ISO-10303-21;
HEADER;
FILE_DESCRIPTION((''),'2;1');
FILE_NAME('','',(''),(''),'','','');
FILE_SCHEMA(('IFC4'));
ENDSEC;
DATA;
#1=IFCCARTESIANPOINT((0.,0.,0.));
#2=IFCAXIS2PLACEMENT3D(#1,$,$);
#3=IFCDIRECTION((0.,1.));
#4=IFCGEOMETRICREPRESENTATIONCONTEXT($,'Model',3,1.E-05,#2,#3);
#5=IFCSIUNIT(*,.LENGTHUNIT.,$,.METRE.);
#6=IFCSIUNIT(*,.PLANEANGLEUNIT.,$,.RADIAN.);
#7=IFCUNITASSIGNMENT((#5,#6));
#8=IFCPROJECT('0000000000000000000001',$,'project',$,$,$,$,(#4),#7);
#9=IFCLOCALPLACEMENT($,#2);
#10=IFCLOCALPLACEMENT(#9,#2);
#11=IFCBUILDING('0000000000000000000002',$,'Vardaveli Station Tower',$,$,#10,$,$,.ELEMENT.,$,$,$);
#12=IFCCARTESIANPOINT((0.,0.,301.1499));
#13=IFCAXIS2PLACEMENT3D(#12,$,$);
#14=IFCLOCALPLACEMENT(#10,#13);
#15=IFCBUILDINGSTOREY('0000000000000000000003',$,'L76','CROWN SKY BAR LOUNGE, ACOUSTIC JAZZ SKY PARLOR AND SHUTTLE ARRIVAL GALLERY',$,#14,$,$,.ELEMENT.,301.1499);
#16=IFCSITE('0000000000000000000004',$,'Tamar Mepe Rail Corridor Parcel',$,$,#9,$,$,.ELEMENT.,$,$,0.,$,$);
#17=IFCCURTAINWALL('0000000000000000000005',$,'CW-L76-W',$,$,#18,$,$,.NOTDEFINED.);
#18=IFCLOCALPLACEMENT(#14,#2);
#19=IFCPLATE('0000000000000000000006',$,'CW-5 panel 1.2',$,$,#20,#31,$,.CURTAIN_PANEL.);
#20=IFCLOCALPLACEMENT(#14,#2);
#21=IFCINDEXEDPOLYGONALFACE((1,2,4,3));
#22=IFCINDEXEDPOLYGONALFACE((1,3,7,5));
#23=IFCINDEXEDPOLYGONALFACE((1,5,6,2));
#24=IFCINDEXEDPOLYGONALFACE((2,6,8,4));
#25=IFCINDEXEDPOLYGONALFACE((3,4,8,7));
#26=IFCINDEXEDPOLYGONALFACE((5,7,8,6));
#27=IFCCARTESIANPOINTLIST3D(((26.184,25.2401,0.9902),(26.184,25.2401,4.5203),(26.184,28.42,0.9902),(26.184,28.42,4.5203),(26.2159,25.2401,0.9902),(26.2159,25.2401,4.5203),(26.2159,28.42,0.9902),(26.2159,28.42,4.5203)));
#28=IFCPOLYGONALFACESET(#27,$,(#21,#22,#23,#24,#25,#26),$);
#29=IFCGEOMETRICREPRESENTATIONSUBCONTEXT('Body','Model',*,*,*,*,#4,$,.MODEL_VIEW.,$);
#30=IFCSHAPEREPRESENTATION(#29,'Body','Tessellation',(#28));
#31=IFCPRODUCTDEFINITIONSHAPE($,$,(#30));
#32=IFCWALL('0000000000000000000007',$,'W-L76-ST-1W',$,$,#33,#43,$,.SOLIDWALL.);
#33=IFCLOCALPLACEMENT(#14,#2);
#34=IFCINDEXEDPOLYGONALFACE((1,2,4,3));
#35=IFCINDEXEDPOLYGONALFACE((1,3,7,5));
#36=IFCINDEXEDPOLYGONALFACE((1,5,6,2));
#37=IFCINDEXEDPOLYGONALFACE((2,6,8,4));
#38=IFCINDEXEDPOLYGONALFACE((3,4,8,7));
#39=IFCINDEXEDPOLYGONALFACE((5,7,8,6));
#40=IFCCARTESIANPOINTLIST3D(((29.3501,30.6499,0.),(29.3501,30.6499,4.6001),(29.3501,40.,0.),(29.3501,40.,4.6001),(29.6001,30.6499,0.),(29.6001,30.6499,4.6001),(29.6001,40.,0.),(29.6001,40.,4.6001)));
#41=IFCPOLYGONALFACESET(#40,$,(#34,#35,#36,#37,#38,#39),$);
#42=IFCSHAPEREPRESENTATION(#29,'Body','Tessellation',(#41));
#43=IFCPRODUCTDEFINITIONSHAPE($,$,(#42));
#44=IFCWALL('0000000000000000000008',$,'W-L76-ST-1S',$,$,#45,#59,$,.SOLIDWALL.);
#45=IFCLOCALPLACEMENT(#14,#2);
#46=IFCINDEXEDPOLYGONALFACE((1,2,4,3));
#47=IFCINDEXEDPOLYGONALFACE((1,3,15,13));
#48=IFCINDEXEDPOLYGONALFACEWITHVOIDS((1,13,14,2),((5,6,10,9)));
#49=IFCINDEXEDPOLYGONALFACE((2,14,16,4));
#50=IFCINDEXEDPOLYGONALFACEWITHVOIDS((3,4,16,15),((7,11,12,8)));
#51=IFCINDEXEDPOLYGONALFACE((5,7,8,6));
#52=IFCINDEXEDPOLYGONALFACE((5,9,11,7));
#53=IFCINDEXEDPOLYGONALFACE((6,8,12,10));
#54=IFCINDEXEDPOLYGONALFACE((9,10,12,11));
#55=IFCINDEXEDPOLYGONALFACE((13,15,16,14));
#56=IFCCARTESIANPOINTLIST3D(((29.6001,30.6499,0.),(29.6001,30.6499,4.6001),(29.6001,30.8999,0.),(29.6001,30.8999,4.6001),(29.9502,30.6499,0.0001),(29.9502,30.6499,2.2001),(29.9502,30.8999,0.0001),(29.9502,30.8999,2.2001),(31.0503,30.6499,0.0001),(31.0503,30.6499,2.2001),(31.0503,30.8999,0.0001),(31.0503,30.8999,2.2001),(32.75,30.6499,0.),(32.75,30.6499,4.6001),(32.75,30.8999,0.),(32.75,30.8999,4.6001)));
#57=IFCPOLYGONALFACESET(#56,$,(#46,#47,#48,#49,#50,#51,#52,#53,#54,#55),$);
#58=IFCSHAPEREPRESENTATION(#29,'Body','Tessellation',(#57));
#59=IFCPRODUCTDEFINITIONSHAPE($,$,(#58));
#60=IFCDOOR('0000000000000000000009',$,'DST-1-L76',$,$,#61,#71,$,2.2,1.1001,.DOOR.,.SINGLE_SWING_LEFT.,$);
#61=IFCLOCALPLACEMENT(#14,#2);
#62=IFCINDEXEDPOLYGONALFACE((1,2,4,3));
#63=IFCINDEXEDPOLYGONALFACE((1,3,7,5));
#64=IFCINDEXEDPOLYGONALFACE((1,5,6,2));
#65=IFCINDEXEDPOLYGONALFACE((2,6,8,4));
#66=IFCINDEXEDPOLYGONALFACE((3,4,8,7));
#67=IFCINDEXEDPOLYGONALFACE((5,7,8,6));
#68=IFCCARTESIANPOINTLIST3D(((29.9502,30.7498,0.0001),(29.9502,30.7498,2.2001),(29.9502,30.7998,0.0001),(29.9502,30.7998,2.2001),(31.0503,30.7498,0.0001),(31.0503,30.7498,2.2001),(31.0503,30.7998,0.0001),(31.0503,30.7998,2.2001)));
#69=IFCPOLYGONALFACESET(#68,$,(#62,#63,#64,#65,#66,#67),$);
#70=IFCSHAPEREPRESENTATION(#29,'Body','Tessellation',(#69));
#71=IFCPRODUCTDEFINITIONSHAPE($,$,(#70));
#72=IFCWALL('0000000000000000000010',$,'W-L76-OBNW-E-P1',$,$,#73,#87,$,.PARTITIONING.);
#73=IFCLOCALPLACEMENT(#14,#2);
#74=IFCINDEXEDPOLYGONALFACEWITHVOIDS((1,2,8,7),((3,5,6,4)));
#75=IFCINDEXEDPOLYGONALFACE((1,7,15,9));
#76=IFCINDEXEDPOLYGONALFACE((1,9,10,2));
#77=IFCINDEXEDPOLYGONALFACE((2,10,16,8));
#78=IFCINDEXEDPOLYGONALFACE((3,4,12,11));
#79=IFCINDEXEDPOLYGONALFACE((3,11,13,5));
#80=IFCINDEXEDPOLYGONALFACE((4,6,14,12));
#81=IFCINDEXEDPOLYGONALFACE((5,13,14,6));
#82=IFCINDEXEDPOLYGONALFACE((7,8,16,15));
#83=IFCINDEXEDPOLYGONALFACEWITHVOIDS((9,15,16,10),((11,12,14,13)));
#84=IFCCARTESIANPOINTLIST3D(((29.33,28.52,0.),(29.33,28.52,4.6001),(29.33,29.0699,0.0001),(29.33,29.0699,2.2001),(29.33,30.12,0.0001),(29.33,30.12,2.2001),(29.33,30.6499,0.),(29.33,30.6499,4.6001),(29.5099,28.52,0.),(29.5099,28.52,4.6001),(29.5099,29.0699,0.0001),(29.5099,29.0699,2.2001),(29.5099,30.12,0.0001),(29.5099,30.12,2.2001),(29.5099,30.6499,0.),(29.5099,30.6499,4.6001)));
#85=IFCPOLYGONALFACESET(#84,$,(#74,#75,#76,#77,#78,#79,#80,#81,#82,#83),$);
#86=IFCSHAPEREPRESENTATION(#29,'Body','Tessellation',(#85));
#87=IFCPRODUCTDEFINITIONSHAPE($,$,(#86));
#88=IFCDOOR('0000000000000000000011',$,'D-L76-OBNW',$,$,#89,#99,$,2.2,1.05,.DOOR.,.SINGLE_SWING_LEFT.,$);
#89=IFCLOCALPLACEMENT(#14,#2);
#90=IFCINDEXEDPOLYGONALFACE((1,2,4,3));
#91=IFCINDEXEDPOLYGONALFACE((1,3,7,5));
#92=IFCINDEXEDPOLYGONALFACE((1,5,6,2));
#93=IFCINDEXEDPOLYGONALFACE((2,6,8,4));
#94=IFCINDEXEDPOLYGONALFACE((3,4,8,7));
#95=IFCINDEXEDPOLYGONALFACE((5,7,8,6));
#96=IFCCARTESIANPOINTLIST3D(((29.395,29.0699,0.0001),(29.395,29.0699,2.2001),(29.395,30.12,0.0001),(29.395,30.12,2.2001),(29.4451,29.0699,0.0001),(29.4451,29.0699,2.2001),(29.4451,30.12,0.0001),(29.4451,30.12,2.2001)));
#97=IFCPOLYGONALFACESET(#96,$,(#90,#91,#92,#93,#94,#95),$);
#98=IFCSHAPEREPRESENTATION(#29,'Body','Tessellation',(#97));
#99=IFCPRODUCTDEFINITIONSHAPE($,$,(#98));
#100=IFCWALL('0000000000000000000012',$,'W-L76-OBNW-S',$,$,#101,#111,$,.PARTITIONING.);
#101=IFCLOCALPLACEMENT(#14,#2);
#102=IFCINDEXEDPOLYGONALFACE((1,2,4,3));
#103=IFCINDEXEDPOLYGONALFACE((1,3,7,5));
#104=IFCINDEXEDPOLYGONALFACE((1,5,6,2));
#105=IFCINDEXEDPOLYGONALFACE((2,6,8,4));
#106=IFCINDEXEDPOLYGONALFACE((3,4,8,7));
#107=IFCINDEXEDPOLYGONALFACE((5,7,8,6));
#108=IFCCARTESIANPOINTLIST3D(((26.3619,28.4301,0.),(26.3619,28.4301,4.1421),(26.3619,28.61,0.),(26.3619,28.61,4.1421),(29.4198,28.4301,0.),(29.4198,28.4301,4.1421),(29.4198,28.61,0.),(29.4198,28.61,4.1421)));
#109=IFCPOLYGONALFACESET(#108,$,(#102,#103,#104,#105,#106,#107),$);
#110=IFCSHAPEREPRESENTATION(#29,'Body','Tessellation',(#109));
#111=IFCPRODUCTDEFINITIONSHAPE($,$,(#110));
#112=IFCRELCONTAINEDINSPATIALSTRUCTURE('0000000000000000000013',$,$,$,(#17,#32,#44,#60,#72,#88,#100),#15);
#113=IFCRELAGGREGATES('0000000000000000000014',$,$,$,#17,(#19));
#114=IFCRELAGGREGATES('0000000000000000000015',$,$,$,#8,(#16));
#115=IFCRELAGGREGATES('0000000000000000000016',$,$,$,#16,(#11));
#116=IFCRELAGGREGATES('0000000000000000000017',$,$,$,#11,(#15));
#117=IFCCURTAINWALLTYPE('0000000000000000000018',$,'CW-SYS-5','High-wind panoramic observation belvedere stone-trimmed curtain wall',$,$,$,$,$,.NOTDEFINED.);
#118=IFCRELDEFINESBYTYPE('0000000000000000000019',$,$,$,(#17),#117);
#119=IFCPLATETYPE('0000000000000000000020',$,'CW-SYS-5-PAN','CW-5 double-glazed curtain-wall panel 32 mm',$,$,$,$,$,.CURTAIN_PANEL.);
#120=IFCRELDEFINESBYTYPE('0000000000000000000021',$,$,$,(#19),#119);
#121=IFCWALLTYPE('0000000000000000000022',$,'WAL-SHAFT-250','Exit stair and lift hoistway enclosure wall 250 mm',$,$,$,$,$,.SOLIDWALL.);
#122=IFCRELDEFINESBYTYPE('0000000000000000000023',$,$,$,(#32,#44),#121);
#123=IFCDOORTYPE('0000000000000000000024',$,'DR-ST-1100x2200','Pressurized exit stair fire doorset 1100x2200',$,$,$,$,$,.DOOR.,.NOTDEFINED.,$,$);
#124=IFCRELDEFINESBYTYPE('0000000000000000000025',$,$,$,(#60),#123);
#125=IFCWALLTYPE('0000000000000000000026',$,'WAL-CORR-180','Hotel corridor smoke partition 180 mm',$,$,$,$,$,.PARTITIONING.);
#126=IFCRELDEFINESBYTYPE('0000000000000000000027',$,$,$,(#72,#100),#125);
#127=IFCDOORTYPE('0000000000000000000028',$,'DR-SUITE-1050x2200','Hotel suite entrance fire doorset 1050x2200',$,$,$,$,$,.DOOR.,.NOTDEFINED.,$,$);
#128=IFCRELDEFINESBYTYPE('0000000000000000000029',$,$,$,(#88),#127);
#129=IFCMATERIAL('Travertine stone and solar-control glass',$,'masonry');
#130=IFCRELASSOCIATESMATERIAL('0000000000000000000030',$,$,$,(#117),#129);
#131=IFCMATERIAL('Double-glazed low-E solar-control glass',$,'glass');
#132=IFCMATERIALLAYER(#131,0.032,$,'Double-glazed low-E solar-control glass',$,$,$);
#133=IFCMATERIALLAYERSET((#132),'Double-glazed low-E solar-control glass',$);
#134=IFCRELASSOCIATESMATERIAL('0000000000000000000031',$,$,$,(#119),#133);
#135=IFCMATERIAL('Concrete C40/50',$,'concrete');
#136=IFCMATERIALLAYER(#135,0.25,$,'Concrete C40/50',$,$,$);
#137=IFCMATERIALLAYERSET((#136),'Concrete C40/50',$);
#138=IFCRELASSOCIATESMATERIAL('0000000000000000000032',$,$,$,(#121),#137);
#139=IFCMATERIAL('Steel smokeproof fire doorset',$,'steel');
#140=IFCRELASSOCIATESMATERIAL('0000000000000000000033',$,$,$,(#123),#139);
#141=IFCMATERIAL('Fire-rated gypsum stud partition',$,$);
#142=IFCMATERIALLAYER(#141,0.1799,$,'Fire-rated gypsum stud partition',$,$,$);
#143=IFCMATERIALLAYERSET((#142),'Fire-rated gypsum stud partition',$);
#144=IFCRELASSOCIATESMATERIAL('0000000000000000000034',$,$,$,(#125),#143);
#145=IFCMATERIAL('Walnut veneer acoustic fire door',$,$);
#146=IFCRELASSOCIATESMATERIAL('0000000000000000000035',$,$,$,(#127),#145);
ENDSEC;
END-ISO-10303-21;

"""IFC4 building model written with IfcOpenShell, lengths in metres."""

from ifc_helpers import new_model, si_unit, direction, frame, frame_2d, origin, origin_2d, place, context, subcontext, project, spatial, rectangle, extrude, source, transform, mapped, material, layer, layer_set, type_object, element, fill, aggregate, save


model = new_model("IFC4")

# Units and contexts
model_context = context("Model", 3, precision=1e-05, world=origin(), true_north=direction((0.0, 1.0)))
body_context = subcontext(model_context, "Body", "Model", "MODEL_VIEW")
ifc_project = project(units=[si_unit("LENGTHUNIT", "METRE"), si_unit("PLANEANGLEUNIT", "RADIAN")], contexts=[model_context])

# Site, building, storey
site_placement = place(None, origin())
site = spatial("IfcSite", under=ifc_project, at=site_placement, Name="Tamar Mepe Rail Corridor Parcel", CompositionType="ELEMENT", RefElevation=0.0)
building_placement = place(site_placement, origin())
building = spatial("IfcBuilding", under=site, at=building_placement, Name="Vardaveli Station Tower", CompositionType="ELEMENT")
storey_placement = place(building_placement, frame((0.0, 0.0, 301.1499)))
storey = spatial("IfcBuildingStorey", under=building, at=storey_placement, Name="L76", Description="CROWN SKY BAR LOUNGE, ACOUSTIC JAZZ SKY PARLOR AND SHUTTLE ARRIVAL GALLERY", CompositionType="ELEMENT", Elevation=301.1499)

# Curtain wall
ifc_material_1 = material(Name="Travertine stone and solar-control glass", Category="masonry")
curtain_wall_type_1 = type_object("IfcCurtainWallType", Name="CW-SYS-5", Description="High-wind panoramic observation belvedere stone-trimmed curtain wall", PredefinedType="NOTDEFINED", material=ifc_material_1)
curtain_wall_1_placement = place(storey_placement, origin())
curtain_wall_1 = element("IfcCurtainWall", 1, at=curtain_wall_1_placement, inside=storey, type_object=curtain_wall_type_1, Name="CW-L76-W", PredefinedType="NOTDEFINED")

# Plate
ifc_material_2 = material(Name="Double-glazed low-E solar-control glass", Category="glass")
ifc_layer_1 = layer(ifc_material_2, 0.032, Name="Double-glazed low-E solar-control glass")
ifc_layer_set_1 = layer_set([ifc_layer_1], Name="Double-glazed low-E solar-control glass")
plate_type = type_object("IfcPlateType", Name="CW-SYS-5-PAN", Description="CW-5 double-glazed curtain-wall panel 32 mm", PredefinedType="CURTAIN_PANEL", material=ifc_layer_set_1)
shared_shape_1 = source(origin(), body_context, "Body", "SweptSolid", [
    extrude(rectangle(XDim=3.1799, YDim=0.032, at=origin_2d()), origin(), (0.0, 0.0, 1.0), 3.53),
])
plate_1_placement = place(storey_placement, frame((26.2, 26.8301, 0.9902), z_axis=(0.0, 0.0, 1.0), x_axis=(0.0, -1.0, 0.0)))
plate_1 = element("IfcPlate", 2, at=plate_1_placement, type_object=plate_type, Name="CW-5 panel 1.2", PredefinedType="CURTAIN_PANEL", context=body_context, shape_type="MappedRepresentation", body=[
    mapped(shared_shape_1, transform((0.0, 0.0, 0.0), scale=1.0)),
])
aggregate(curtain_wall_1, [plate_1])

# Wall
ifc_material_3 = material(Name="Concrete C40/50", Category="concrete")
ifc_layer_2 = layer(ifc_material_3, 0.25, Name="Concrete C40/50")
ifc_layer_set_2 = layer_set([ifc_layer_2], Name="Concrete C40/50")
wall_type_1 = type_object("IfcWallType", Name="WAL-SHAFT-250", Description="Exit stair and lift hoistway enclosure wall 250 mm", PredefinedType="SOLIDWALL", material=ifc_layer_set_2)
shared_shape_2 = source(origin(), body_context, "Body", "SweptSolid", [
    extrude(rectangle(XDim=9.3501, YDim=0.25, at=frame_2d((4.675, 0.0))), origin(), (0.0, 0.0, 1.0), 4.6001),
])
wall_1_placement = place(storey_placement, frame((29.4751, 30.6499, 0.0), z_axis=(0.0, 0.0, 1.0), x_axis=(0.0, 1.0, 0.0)))
element("IfcWall", 3, at=wall_1_placement, inside=storey, type_object=wall_type_1, Name="W-L76-ST-1W", PredefinedType="SOLIDWALL", context=body_context, shape_type="MappedRepresentation", body=[
    mapped(shared_shape_2, transform((0.0, 0.0, 0.0), scale=1.0)),
])

# Walls, openings, doors
shared_shape_3 = source(origin(), body_context, "Body", "SweptSolid", [
    extrude(rectangle(XDim=3.1499, YDim=0.25, at=frame_2d((1.575, 0.0))), origin(), (0.0, 0.0, 1.0), 4.6001),
])
wall_2_placement = place(storey_placement, frame((29.6001, 30.7749, 0.0), z_axis=(0.0, 0.0, 1.0), x_axis=(1.0, 0.0, 0.0)))
wall_2 = element("IfcWall", 4, at=wall_2_placement, inside=storey, type_object=wall_type_1, Name="W-L76-ST-1S", PredefinedType="SOLIDWALL", context=body_context, shape_type="MappedRepresentation", body=[
    mapped(shared_shape_3, transform((0.0, 0.0, 0.0), scale=1.0)),
])
shared_shape_4 = source(origin(), body_context, "Body", "SweptSolid", [
    extrude(rectangle(XDim=1.1001, YDim=2.2, at=frame_2d((0.55, 1.1001))), frame((0.0, 0.135, 0.0), z_axis=(0.0, -1.0, 0.0), x_axis=(1.0, 0.0, 0.0)), (0.0, 0.0, 1.0), 0.27),
])
opening_1_placement = place(wall_2_placement, frame((0.3501, 0.0, 0.0)))
opening_1 = element("IfcOpeningElement", 5, at=opening_1_placement, cuts=wall_2, PredefinedType="OPENING", context=body_context, shape_type="MappedRepresentation", body=[
    mapped(shared_shape_4, transform((0.0, 0.0, 0.0), scale=1.0)),
])
ifc_material_4 = material(Name="Steel smokeproof fire doorset", Category="steel")
door_type_1 = type_object("IfcDoorType", Name="DR-ST-1100x2200", Description="Pressurized exit stair fire doorset 1100x2200", OperationType="NOTDEFINED", PredefinedType="DOOR", material=ifc_material_4)
shared_shape_5 = source(origin(), body_context, "Body", "SweptSolid", [
    extrude(rectangle(XDim=1.1001, YDim=2.2, at=frame_2d((0.55, 1.1001))), frame((0.0, 0.0249, 0.0), z_axis=(0.0, -1.0, 0.0), x_axis=(1.0, 0.0, 0.0)), (0.0, 0.0, 1.0), 0.05),
])
door_1_placement = place(opening_1_placement, origin())
door_1 = element("IfcDoor", 6, at=door_1_placement, inside=storey, type_object=door_type_1, Name="DST-1-L76", OperationType="SINGLE_SWING_LEFT", OverallHeight=2.2, OverallWidth=1.1001, PredefinedType="DOOR", context=body_context, shape_type="MappedRepresentation", body=[
    mapped(shared_shape_5, transform((0.0, 0.0, 0.0), scale=1.0)),
])
fill(opening_1, door_1)
ifc_material_5 = material(Name="Fire-rated gypsum stud partition")
ifc_layer_3 = layer(ifc_material_5, 0.1799, Name="Fire-rated gypsum stud partition")
ifc_layer_set_3 = layer_set([ifc_layer_3], Name="Fire-rated gypsum stud partition")
wall_type_2 = type_object("IfcWallType", Name="WAL-CORR-180", Description="Hotel corridor smoke partition 180 mm", PredefinedType="PARTITIONING", material=ifc_layer_set_3)
shared_shape_6 = source(origin(), body_context, "Body", "SweptSolid", [
    extrude(rectangle(XDim=2.1299, YDim=0.1799, at=frame_2d((1.0649, 0.0))), origin(), (0.0, 0.0, 1.0), 4.6001),
])
wall_3_placement = place(storey_placement, frame((29.4199, 28.52, 0.0), z_axis=(0.0, 0.0, 1.0), x_axis=(0.0, 1.0, 0.0)))
wall_3 = element("IfcWall", 7, at=wall_3_placement, inside=storey, type_object=wall_type_2, Name="W-L76-OBNW-E-P1", PredefinedType="PARTITIONING", context=body_context, shape_type="MappedRepresentation", body=[
    mapped(shared_shape_6, transform((0.0, 0.0, 0.0), scale=1.0)),
])
shared_shape_7 = source(origin(), body_context, "Body", "SweptSolid", [
    extrude(rectangle(XDim=1.05, YDim=2.2, at=frame_2d((0.5249, 1.1001))), frame((0.0, 0.1001, 0.0), z_axis=(0.0, -1.0, 0.0), x_axis=(1.0, 0.0, 0.0)), (0.0, 0.0, 1.0), 0.2),
])
opening_2_placement = place(wall_3_placement, frame((0.55, 0.0, 0.0)))
opening_2 = element("IfcOpeningElement", 8, at=opening_2_placement, cuts=wall_3, PredefinedType="OPENING", context=body_context, shape_type="MappedRepresentation", body=[
    mapped(shared_shape_7, transform((0.0, 0.0, 0.0), scale=1.0)),
])
ifc_material_6 = material(Name="Walnut veneer acoustic fire door")
door_type_2 = type_object("IfcDoorType", Name="DR-SUITE-1050x2200", Description="Hotel suite entrance fire doorset 1050x2200", OperationType="NOTDEFINED", PredefinedType="DOOR", material=ifc_material_6)
shared_shape_8 = source(origin(), body_context, "Body", "SweptSolid", [
    extrude(rectangle(XDim=1.05, YDim=2.2, at=frame_2d((0.5249, 1.1001))), frame((0.0, 0.0249, 0.0), z_axis=(0.0, -1.0, 0.0), x_axis=(1.0, 0.0, 0.0)), (0.0, 0.0, 1.0), 0.05),
])
door_2_placement = place(opening_2_placement, origin())
door_2 = element("IfcDoor", 9, at=door_2_placement, inside=storey, type_object=door_type_2, Name="D-L76-OBNW", OperationType="SINGLE_SWING_LEFT", OverallHeight=2.2, OverallWidth=1.05, PredefinedType="DOOR", context=body_context, shape_type="MappedRepresentation", body=[
    mapped(shared_shape_8, transform((0.0, 0.0, 0.0), scale=1.0)),
])
fill(opening_2, door_2)

# Wall
shared_shape_9 = source(origin(), body_context, "Body", "SweptSolid", [
    extrude(rectangle(XDim=3.0579, YDim=0.1799, at=frame_2d((1.5288, 0.0))), origin(), (0.0, 0.0, 1.0), 4.1421),
])
wall_4_placement = place(storey_placement, frame((26.3621, 28.52, 0.0), z_axis=(0.0, 0.0, 1.0), x_axis=(1.0, 0.0, 0.0)))
element("IfcWall", 10, at=wall_4_placement, inside=storey, type_object=wall_type_2, Name="W-L76-OBNW-S", PredefinedType="PARTITIONING", context=body_context, shape_type="MappedRepresentation", body=[
    mapped(shared_shape_9, transform((0.0, 0.0, 0.0), scale=1.0)),
])

save(model, "model.ifc")
